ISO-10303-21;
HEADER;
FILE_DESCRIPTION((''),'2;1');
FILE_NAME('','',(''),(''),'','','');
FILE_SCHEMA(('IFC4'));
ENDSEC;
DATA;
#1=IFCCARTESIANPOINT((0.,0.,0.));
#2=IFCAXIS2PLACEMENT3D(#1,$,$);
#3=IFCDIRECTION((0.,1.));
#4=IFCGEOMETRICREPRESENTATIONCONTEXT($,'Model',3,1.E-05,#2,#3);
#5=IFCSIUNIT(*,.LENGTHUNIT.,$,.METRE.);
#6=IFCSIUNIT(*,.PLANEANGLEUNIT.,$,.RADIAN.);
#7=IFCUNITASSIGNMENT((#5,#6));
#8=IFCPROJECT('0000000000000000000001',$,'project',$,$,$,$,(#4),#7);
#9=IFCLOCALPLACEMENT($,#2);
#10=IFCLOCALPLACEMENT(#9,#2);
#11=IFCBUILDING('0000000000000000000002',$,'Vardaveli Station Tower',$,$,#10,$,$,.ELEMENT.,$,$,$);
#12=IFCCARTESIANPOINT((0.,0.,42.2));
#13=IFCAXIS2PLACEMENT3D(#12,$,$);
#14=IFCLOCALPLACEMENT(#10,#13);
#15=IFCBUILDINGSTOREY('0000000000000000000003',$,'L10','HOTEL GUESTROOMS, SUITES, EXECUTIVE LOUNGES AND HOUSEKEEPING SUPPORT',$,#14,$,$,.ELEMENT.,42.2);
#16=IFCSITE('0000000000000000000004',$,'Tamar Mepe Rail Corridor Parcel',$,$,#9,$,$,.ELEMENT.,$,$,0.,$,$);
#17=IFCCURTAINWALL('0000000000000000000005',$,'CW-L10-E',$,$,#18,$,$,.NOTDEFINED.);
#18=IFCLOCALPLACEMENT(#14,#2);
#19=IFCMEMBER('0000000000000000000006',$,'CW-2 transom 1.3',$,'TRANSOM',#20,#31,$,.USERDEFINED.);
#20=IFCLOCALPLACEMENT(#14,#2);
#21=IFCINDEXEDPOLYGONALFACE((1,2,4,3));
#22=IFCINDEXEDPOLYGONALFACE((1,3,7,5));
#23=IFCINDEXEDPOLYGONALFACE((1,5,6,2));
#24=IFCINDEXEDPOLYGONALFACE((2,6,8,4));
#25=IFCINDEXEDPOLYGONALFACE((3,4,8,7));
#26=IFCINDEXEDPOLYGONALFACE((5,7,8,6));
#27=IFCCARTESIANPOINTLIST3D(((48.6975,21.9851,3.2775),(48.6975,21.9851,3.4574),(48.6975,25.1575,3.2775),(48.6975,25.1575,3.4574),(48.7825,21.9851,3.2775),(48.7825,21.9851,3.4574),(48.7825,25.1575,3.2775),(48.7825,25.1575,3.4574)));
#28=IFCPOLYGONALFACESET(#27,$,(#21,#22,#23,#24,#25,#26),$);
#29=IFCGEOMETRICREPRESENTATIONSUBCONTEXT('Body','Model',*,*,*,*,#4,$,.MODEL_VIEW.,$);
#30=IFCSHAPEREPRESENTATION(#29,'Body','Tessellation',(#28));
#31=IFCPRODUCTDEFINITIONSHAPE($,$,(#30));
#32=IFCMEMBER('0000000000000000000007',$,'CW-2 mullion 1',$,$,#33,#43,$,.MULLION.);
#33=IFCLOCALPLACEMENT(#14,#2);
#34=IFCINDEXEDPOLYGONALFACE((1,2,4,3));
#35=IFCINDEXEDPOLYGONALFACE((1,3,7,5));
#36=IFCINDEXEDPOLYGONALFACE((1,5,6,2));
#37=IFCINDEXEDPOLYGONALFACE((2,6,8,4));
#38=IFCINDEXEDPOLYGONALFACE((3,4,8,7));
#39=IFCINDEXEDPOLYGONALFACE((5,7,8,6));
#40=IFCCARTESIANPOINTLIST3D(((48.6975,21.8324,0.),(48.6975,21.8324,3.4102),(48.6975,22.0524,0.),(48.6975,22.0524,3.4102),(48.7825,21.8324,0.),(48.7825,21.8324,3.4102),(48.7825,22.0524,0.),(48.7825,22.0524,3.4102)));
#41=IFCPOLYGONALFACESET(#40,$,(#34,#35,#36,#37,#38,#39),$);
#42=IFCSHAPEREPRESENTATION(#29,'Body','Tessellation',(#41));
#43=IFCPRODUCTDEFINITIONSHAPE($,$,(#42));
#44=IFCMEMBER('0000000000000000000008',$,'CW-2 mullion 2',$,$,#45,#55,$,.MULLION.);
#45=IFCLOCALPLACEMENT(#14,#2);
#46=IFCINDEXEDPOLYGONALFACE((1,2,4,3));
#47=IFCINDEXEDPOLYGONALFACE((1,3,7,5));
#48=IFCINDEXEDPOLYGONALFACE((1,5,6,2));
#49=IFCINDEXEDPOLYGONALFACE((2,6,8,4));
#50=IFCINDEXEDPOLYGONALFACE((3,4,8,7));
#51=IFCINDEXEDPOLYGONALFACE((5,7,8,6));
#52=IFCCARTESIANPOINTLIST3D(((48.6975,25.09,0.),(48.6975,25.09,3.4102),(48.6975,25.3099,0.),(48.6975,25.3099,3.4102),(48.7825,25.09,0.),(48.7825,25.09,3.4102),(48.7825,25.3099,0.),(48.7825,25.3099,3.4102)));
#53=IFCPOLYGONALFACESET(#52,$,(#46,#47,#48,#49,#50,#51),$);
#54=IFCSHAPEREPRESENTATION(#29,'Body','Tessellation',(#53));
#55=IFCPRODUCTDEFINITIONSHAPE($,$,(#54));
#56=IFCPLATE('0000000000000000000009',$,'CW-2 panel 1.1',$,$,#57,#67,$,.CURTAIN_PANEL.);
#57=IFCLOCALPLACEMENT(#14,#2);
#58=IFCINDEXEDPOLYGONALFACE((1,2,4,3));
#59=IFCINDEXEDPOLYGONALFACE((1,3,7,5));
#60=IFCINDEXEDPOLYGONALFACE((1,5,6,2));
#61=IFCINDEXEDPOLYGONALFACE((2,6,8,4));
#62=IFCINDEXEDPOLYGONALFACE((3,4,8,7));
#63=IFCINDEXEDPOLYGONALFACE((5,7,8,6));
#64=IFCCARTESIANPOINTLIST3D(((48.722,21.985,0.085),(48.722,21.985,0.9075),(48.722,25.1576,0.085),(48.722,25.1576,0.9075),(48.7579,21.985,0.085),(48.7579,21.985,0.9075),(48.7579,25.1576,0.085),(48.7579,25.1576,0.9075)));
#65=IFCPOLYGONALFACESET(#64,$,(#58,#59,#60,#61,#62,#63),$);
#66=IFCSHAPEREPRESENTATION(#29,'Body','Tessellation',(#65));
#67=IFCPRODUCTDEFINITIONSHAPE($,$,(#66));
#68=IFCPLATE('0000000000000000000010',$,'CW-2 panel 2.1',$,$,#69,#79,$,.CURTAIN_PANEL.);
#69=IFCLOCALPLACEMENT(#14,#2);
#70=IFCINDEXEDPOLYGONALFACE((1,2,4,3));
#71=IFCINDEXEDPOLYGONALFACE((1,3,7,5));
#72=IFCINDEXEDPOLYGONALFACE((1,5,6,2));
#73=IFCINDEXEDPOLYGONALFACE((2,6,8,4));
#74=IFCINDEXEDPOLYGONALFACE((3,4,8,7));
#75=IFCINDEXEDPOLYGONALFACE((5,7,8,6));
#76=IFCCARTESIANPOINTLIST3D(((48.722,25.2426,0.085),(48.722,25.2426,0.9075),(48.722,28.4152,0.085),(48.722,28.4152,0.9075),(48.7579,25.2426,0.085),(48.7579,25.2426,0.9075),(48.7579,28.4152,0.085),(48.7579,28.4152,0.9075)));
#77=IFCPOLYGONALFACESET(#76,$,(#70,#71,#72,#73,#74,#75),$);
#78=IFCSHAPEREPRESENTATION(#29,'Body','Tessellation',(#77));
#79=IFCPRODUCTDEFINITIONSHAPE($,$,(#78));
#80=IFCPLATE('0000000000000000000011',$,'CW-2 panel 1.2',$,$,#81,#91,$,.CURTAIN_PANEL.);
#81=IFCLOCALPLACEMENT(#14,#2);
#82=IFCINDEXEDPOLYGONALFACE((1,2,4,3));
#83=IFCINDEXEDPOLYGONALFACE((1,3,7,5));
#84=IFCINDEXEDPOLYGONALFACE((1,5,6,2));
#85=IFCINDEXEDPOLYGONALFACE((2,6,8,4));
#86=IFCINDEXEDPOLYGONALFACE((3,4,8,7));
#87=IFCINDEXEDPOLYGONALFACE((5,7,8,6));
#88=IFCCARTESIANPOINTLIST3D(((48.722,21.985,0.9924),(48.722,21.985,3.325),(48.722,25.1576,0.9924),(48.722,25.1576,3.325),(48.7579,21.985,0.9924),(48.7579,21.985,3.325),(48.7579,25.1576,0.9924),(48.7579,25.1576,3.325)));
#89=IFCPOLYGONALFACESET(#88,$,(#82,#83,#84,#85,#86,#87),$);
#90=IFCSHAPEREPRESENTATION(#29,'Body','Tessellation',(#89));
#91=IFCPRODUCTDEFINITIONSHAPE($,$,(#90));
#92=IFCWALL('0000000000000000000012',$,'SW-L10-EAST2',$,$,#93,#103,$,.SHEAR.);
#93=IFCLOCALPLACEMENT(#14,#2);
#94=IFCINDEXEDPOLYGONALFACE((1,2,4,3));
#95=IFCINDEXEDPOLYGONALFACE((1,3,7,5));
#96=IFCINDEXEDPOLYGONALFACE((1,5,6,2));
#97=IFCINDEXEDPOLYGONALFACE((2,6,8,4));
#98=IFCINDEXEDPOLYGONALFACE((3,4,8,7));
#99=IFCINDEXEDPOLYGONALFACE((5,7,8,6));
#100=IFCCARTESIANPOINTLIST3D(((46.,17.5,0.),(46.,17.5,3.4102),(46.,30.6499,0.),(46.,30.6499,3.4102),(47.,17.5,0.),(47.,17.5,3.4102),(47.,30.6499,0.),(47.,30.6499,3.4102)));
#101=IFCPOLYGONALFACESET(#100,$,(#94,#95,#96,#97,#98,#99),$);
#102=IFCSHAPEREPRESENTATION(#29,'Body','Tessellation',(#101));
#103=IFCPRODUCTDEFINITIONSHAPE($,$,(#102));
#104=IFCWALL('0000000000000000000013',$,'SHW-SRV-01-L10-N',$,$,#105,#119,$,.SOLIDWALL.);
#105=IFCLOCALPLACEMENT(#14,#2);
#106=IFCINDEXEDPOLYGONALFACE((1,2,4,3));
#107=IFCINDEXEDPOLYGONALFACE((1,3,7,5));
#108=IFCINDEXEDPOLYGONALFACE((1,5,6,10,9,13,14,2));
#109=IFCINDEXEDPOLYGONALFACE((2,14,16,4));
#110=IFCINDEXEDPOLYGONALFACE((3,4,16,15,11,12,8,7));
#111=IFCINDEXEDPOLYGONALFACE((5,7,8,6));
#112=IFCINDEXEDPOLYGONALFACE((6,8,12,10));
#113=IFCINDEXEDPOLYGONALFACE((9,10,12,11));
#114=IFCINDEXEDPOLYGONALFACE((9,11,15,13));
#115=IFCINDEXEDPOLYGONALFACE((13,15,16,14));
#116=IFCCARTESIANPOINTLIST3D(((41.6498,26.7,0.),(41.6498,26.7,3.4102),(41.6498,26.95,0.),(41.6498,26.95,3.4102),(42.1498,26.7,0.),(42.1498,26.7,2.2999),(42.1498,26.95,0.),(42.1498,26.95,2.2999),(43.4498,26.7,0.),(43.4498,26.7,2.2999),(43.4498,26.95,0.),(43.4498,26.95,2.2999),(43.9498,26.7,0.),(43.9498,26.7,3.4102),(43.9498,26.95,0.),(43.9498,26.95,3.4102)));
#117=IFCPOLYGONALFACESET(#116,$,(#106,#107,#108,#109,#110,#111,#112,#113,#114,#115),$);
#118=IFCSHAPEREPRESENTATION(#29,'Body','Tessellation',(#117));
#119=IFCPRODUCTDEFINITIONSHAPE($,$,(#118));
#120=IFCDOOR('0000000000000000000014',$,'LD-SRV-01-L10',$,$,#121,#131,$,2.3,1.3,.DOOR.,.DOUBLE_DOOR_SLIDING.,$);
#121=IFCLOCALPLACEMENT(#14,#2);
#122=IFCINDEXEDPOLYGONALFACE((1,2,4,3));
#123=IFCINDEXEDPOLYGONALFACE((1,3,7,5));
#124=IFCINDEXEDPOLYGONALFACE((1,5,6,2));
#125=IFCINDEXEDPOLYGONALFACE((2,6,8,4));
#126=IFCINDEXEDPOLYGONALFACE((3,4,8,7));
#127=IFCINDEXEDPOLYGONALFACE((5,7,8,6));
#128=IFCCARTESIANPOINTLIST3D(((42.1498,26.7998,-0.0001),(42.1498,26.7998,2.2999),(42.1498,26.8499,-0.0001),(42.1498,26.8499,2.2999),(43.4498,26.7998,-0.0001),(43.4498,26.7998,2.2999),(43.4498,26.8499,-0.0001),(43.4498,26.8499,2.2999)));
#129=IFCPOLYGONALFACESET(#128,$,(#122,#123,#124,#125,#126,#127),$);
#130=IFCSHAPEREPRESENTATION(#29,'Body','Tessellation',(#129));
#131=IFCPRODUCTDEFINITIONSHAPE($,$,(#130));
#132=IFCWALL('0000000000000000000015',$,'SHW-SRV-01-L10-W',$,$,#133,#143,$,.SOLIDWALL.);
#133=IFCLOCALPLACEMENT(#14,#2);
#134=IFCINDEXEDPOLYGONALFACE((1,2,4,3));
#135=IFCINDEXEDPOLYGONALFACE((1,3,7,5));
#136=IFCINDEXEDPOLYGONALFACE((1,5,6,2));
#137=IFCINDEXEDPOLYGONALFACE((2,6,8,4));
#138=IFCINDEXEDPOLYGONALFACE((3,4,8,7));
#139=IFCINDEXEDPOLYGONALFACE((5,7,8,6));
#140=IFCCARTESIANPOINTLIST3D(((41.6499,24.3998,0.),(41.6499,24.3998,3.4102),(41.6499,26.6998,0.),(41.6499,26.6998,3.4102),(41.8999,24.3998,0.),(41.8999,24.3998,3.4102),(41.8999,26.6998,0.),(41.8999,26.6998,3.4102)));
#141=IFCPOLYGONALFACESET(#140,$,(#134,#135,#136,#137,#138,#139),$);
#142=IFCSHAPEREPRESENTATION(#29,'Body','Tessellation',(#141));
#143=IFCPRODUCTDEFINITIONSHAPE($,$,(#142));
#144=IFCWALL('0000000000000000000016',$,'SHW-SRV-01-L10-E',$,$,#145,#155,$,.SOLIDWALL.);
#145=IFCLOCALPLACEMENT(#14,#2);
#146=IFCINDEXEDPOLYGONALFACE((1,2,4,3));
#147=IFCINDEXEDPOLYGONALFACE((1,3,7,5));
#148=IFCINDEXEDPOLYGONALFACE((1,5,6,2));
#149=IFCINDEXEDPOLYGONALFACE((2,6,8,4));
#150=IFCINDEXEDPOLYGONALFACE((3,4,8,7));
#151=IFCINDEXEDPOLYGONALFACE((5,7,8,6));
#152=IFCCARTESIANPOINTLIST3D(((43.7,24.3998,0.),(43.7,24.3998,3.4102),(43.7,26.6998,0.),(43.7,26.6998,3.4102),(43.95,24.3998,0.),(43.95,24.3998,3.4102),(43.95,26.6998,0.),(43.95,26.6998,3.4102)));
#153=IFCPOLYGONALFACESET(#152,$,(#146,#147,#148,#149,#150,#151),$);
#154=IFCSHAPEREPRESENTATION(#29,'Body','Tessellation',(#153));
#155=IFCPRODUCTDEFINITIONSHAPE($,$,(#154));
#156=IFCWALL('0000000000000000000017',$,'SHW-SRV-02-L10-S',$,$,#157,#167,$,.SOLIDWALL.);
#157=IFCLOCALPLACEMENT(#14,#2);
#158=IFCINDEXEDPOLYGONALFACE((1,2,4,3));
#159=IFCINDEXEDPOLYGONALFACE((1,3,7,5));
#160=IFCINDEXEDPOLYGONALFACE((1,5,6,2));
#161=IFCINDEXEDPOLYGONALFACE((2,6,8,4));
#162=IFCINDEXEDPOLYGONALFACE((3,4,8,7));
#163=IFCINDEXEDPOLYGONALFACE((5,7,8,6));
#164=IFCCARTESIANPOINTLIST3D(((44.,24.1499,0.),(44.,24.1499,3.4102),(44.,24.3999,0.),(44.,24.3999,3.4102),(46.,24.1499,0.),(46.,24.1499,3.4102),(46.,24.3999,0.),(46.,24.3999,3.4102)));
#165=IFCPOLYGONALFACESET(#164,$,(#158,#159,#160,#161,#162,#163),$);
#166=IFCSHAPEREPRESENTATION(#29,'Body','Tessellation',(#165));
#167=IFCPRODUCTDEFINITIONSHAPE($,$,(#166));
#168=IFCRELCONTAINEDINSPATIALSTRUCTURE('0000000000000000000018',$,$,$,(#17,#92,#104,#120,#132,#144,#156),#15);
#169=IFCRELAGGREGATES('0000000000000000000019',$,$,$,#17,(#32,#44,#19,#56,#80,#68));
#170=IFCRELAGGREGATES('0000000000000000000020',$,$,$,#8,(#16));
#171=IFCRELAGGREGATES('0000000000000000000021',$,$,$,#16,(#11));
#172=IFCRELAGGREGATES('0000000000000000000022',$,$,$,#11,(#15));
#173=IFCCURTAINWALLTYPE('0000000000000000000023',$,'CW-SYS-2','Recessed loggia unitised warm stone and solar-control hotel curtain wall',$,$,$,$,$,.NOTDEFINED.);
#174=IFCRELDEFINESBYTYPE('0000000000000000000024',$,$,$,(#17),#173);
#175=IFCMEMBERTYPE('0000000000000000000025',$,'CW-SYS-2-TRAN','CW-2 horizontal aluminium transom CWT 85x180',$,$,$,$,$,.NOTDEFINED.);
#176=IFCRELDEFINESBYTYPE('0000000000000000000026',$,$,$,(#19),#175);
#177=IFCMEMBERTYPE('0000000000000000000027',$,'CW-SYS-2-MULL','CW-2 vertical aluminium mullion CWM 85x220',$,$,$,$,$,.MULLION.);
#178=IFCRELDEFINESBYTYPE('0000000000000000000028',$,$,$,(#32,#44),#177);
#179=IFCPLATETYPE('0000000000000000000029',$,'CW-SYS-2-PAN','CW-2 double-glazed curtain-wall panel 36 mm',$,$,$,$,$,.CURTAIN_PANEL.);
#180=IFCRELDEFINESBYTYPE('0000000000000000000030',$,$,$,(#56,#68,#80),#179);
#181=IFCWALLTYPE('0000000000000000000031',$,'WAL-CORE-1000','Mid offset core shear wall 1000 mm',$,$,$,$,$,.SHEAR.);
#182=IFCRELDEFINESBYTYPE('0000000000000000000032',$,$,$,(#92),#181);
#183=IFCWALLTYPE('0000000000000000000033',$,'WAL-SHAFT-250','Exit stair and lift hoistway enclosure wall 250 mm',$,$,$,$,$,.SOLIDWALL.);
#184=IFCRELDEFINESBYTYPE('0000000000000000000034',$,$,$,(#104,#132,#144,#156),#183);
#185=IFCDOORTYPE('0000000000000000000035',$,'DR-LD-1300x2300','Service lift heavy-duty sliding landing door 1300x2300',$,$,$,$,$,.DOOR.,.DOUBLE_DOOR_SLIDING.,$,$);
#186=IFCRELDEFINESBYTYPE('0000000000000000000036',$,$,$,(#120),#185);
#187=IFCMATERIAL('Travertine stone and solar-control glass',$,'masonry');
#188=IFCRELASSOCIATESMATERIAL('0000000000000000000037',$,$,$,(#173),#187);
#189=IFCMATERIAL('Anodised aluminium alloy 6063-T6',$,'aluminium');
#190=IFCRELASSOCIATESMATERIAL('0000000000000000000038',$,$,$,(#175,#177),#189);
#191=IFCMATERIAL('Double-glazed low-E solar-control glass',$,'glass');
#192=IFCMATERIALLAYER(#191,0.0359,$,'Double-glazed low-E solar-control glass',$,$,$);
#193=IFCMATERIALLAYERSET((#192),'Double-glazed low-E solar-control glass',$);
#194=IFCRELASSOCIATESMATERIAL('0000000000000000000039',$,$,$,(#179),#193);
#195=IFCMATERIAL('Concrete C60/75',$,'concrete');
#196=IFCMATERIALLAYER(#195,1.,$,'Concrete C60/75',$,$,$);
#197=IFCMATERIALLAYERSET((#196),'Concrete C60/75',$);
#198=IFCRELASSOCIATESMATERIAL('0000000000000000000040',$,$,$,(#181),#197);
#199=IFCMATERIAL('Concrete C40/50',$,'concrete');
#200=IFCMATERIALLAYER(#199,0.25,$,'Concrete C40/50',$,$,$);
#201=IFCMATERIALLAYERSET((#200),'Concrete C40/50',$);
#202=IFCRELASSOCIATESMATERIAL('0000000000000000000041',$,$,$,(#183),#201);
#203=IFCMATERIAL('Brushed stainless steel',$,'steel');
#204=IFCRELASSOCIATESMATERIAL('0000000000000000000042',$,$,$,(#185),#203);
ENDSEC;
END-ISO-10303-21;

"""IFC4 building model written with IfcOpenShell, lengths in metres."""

from ifc_helpers import new_model, si_unit, direction, frame, frame_2d, origin, origin_2d, place, context, subcontext, project, spatial, rectangle, extrude, source, transform, mapped, material, layer, layer_set, material_profile, profile_set, type_object, element, fill, aggregate, save


model = new_model("IFC4")

# Units and contexts
model_context = context("Model", 3, precision=1e-05, world=origin(), true_north=direction((0.0, 1.0)))
body_context = subcontext(model_context, "Body", "Model", "MODEL_VIEW")
ifc_project = project(units=[si_unit("LENGTHUNIT", "METRE"), si_unit("PLANEANGLEUNIT", "RADIAN")], contexts=[model_context])

# Site, building, storey
site_placement = place(None, origin())
site = spatial("IfcSite", under=ifc_project, at=site_placement, Name="Tamar Mepe Rail Corridor Parcel", CompositionType="ELEMENT", RefElevation=0.0)
building_placement = place(site_placement, origin())
building = spatial("IfcBuilding", under=site, at=building_placement, Name="Vardaveli Station Tower", CompositionType="ELEMENT")
storey_placement = place(building_placement, frame((0.0, 0.0, 42.2)))
storey = spatial("IfcBuildingStorey", under=building, at=storey_placement, Name="L10", Description="HOTEL GUESTROOMS, SUITES, EXECUTIVE LOUNGES AND HOUSEKEEPING SUPPORT", CompositionType="ELEMENT", Elevation=42.2)

# Curtain wall, members, plates
ifc_material_1 = material(Name="Travertine stone and solar-control glass", Category="masonry")
curtain_wall_type = type_object("IfcCurtainWallType", Name="CW-SYS-2", Description="Recessed loggia unitised warm stone and solar-control hotel curtain wall", PredefinedType="NOTDEFINED", material=ifc_material_1)
curtain_wall_placement = place(storey_placement, origin())
curtain_wall = element("IfcCurtainWall", 1, at=curtain_wall_placement, inside=storey, type_object=curtain_wall_type, Name="CW-L10-E", PredefinedType="NOTDEFINED")
ifc_material_2 = material(Name="Anodised aluminium alloy 6063-T6", Category="aluminium")
ifc_material_profile_1 = material_profile(ifc_material_2, rectangle(XDim=0.085, YDim=0.1799, at=origin_2d()), Name="CWT 85x180")
ifc_profile_set_1 = profile_set([ifc_material_profile_1], Name="Anodised aluminium alloy 6063-T6")
member_type_1 = type_object("IfcMemberType", Name="CW-SYS-2-TRAN", Description="CW-2 horizontal aluminium transom CWT 85x180", PredefinedType="NOTDEFINED", material=ifc_profile_set_1)
shared_shape_1 = source(origin(), body_context, "Body", "SweptSolid", [
    extrude(rectangle(XDim=0.085, YDim=0.1799, at=origin_2d()), origin(), (0.0, 0.0, 1.0), 3.1724),
])
member_1_placement = place(storey_placement, frame((48.74, 21.9851, 3.3674), z_axis=(0.0, 1.0, 0.0), x_axis=(-1.0, 0.0, 0.0)))
member_1 = element("IfcMember", 2, at=member_1_placement, type_object=member_type_1, Name="CW-2 transom 1.3", ObjectType="TRANSOM", PredefinedType="USERDEFINED", context=body_context, shape_type="MappedRepresentation", body=[
    mapped(shared_shape_1, transform((0.0, 0.0, 0.0), scale=1.0)),
])
ifc_material_profile_2 = material_profile(ifc_material_2, rectangle(XDim=0.085, YDim=0.22, at=origin_2d()), Name="CWM 85x220")
ifc_profile_set_2 = profile_set([ifc_material_profile_2], Name="Anodised aluminium alloy 6063-T6")
member_type_2 = type_object("IfcMemberType", Name="CW-SYS-2-MULL", Description="CW-2 vertical aluminium mullion CWM 85x220", PredefinedType="MULLION", material=ifc_profile_set_2)
shared_shape_2 = source(origin(), body_context, "Body", "SweptSolid", [
    extrude(rectangle(XDim=0.085, YDim=0.22, at=origin_2d()), origin(), (0.0, 0.0, 1.0), 3.4102),
])
member_2_placement = place(storey_placement, frame((48.74, 21.9424, 0.0), z_axis=(0.0, 0.0, 1.0), x_axis=(-1.0, 0.0, 0.0)))
member_2 = element("IfcMember", 3, at=member_2_placement, type_object=member_type_2, Name="CW-2 mullion 1", PredefinedType="MULLION", context=body_context, shape_type="MappedRepresentation", body=[
    mapped(shared_shape_2, transform((0.0, 0.0, 0.0), scale=1.0)),
])
member_3_placement = place(storey_placement, frame((48.74, 25.2, 0.0), z_axis=(0.0, 0.0, 1.0), x_axis=(-1.0, 0.0, 0.0)))
member_3 = element("IfcMember", 4, at=member_3_placement, type_object=member_type_2, Name="CW-2 mullion 2", PredefinedType="MULLION", context=body_context, shape_type="MappedRepresentation", body=[
    mapped(shared_shape_2, transform((0.0, 0.0, 0.0), scale=1.0)),
])
ifc_material_3 = material(Name="Double-glazed low-E solar-control glass", Category="glass")
ifc_layer_1 = layer(ifc_material_3, 0.0359, Name="Double-glazed low-E solar-control glass")
ifc_layer_set_1 = layer_set([ifc_layer_1], Name="Double-glazed low-E solar-control glass")
plate_type = type_object("IfcPlateType", Name="CW-SYS-2-PAN", Description="CW-2 double-glazed curtain-wall panel 36 mm", PredefinedType="CURTAIN_PANEL", material=ifc_layer_set_1)
shared_shape_3 = source(origin(), body_context, "Body", "SweptSolid", [
    extrude(rectangle(XDim=3.1726, YDim=0.0359, at=origin_2d()), origin(), (0.0, 0.0, 1.0), 0.8225),
])
plate_1_placement = place(storey_placement, frame((48.74, 23.5713, 0.085), z_axis=(0.0, 0.0, 1.0), x_axis=(0.0, 1.0, 0.0)))
plate_1 = element("IfcPlate", 5, at=plate_1_placement, type_object=plate_type, Name="CW-2 panel 1.1", PredefinedType="CURTAIN_PANEL", context=body_context, shape_type="MappedRepresentation", body=[
    mapped(shared_shape_3, transform((0.0, 0.0, 0.0), scale=1.0)),
])
plate_2_placement = place(storey_placement, frame((48.74, 26.8289, 0.085), z_axis=(0.0, 0.0, 1.0), x_axis=(0.0, 1.0, 0.0)))
plate_2 = element("IfcPlate", 6, at=plate_2_placement, type_object=plate_type, Name="CW-2 panel 2.1", PredefinedType="CURTAIN_PANEL", context=body_context, shape_type="MappedRepresentation", body=[
    mapped(shared_shape_3, transform((0.0, 0.0, 0.0), scale=1.0)),
])
shared_shape_4 = source(origin(), body_context, "Body", "SweptSolid", [
    extrude(rectangle(XDim=3.1726, YDim=0.0359, at=origin_2d()), origin(), (0.0, 0.0, 1.0), 2.3325),
])
plate_3_placement = place(storey_placement, frame((48.74, 23.5713, 0.9924), z_axis=(0.0, 0.0, 1.0), x_axis=(0.0, 1.0, 0.0)))
plate_3 = element("IfcPlate", 7, at=plate_3_placement, type_object=plate_type, Name="CW-2 panel 1.2", PredefinedType="CURTAIN_PANEL", context=body_context, shape_type="MappedRepresentation", body=[
    mapped(shared_shape_4, transform((0.0, 0.0, 0.0), scale=1.0)),
])
aggregate(curtain_wall, [member_2, member_3, member_1, plate_1, plate_3, plate_2])

# Wall
ifc_material_4 = material(Name="Concrete C60/75", Category="concrete")
ifc_layer_2 = layer(ifc_material_4, 1.0, Name="Concrete C60/75")
ifc_layer_set_2 = layer_set([ifc_layer_2], Name="Concrete C60/75")
wall_type_1 = type_object("IfcWallType", Name="WAL-CORE-1000", Description="Mid offset core shear wall 1000 mm", PredefinedType="SHEAR", material=ifc_layer_set_2)
shared_shape_5 = source(origin(), body_context, "Body", "SweptSolid", [
    extrude(rectangle(XDim=13.1499, YDim=1.0, at=frame_2d((6.575, 0.0))), origin(), (0.0, 0.0, 1.0), 3.4102),
])
wall_1_placement = place(storey_placement, frame((46.5, 17.5, 0.0), z_axis=(0.0, 0.0, 1.0), x_axis=(0.0, 1.0, 0.0)))
element("IfcWall", 8, at=wall_1_placement, inside=storey, type_object=wall_type_1, Name="SW-L10-EAST2", PredefinedType="SHEAR", context=body_context, shape_type="MappedRepresentation", body=[
    mapped(shared_shape_5, transform((0.0, 0.0, 0.0), scale=1.0)),
])

# Wall, opening, door
ifc_material_5 = material(Name="Concrete C40/50", Category="concrete")
ifc_layer_3 = layer(ifc_material_5, 0.25, Name="Concrete C40/50")
ifc_layer_set_3 = layer_set([ifc_layer_3], Name="Concrete C40/50")
wall_type_2 = type_object("IfcWallType", Name="WAL-SHAFT-250", Description="Exit stair and lift hoistway enclosure wall 250 mm", PredefinedType="SOLIDWALL", material=ifc_layer_set_3)
shared_shape_6 = source(origin(), body_context, "Body", "SweptSolid", [
    extrude(rectangle(XDim=2.3, YDim=0.25, at=frame_2d((1.1499, 0.0))), origin(), (0.0, 0.0, 1.0), 3.4102),
])
wall_2_placement = place(storey_placement, frame((41.6499, 26.825, 0.0), z_axis=(0.0, 0.0, 1.0), x_axis=(1.0, 0.0, 0.0)))
wall_2 = element("IfcWall", 9, at=wall_2_placement, inside=storey, type_object=wall_type_2, Name="SHW-SRV-01-L10-N", PredefinedType="SOLIDWALL", context=body_context, shape_type="MappedRepresentation", body=[
    mapped(shared_shape_6, transform((0.0, 0.0, 0.0), scale=1.0)),
])
shared_shape_7 = source(origin(), body_context, "Body", "SweptSolid", [
    extrude(rectangle(XDim=1.3, YDim=2.3, at=frame_2d((0.6499, 1.1499))), frame((0.0, 0.135, 0.0), z_axis=(0.0, -1.0, 0.0), x_axis=(1.0, 0.0, 0.0)), (0.0, 0.0, 1.0), 0.27),
])
opening_1_placement = place(wall_2_placement, frame((0.5, 0.0, 0.0)))
opening_1 = element("IfcOpeningElement", 10, at=opening_1_placement, cuts=wall_2, PredefinedType="OPENING", context=body_context, shape_type="MappedRepresentation", body=[
    mapped(shared_shape_7, transform((0.0, 0.0, 0.0), scale=1.0)),
])
ifc_material_6 = material(Name="Brushed stainless steel", Category="steel")
door_type = type_object("IfcDoorType", Name="DR-LD-1300x2300", Description="Service lift heavy-duty sliding landing door 1300x2300", OperationType="DOUBLE_DOOR_SLIDING", PredefinedType="DOOR", material=ifc_material_6)
shared_shape_8 = source(origin(), body_context, "Body", "SweptSolid", [
    extrude(rectangle(XDim=1.3, YDim=2.3, at=frame_2d((0.6499, 1.1499))), frame((0.0, 0.0249, 0.0), z_axis=(0.0, -1.0, 0.0), x_axis=(1.0, 0.0, 0.0)), (0.0, 0.0, 1.0), 0.05),
])
door_1_placement = place(opening_1_placement, origin())
door_1 = element("IfcDoor", 11, at=door_1_placement, inside=storey, type_object=door_type, Name="LD-SRV-01-L10", OperationType="DOUBLE_DOOR_SLIDING", OverallHeight=2.3, OverallWidth=1.3, PredefinedType="DOOR", context=body_context, shape_type="MappedRepresentation", body=[
    mapped(shared_shape_8, transform((0.0, 0.0, 0.0), scale=1.0)),
])
fill(opening_1, door_1)

# Walls
for number, where, z_axis, x_axis, name in (
    (12, (41.7749, 24.3999, 0.0), (0.0, 0.0, 1.0), (0.0, 1.0, 0.0), "SHW-SRV-01-L10-W"),
    (13, (43.825, 24.3999, 0.0), (0.0, 0.0, 1.0), (0.0, 1.0, 0.0), "SHW-SRV-01-L10-E"),
):
    element("IfcWall", number, at=place(storey_placement, frame(where, z_axis=z_axis, x_axis=x_axis)), inside=storey, type_object=wall_type_2, Name=name, PredefinedType="SOLIDWALL", context=body_context, shape_type="MappedRepresentation", body=[
        mapped(shared_shape_6, transform((0.0, 0.0, 0.0), scale=1.0)),
    ])
shared_shape_9 = source(origin(), body_context, "Body", "SweptSolid", [
    extrude(rectangle(XDim=2.0, YDim=0.25, at=frame_2d((1.0, 0.0))), origin(), (0.0, 0.0, 1.0), 3.4102),
])
wall_3_placement = place(storey_placement, frame((44.0, 24.2749, 0.0), z_axis=(0.0, 0.0, 1.0), x_axis=(1.0, 0.0, 0.0)))
element("IfcWall", 14, at=wall_3_placement, inside=storey, type_object=wall_type_2, Name="SHW-SRV-02-L10-S", PredefinedType="SOLIDWALL", context=body_context, shape_type="MappedRepresentation", body=[
    mapped(shared_shape_9, transform((0.0, 0.0, 0.0), scale=1.0)),
])

save(model, "model.ifc")
